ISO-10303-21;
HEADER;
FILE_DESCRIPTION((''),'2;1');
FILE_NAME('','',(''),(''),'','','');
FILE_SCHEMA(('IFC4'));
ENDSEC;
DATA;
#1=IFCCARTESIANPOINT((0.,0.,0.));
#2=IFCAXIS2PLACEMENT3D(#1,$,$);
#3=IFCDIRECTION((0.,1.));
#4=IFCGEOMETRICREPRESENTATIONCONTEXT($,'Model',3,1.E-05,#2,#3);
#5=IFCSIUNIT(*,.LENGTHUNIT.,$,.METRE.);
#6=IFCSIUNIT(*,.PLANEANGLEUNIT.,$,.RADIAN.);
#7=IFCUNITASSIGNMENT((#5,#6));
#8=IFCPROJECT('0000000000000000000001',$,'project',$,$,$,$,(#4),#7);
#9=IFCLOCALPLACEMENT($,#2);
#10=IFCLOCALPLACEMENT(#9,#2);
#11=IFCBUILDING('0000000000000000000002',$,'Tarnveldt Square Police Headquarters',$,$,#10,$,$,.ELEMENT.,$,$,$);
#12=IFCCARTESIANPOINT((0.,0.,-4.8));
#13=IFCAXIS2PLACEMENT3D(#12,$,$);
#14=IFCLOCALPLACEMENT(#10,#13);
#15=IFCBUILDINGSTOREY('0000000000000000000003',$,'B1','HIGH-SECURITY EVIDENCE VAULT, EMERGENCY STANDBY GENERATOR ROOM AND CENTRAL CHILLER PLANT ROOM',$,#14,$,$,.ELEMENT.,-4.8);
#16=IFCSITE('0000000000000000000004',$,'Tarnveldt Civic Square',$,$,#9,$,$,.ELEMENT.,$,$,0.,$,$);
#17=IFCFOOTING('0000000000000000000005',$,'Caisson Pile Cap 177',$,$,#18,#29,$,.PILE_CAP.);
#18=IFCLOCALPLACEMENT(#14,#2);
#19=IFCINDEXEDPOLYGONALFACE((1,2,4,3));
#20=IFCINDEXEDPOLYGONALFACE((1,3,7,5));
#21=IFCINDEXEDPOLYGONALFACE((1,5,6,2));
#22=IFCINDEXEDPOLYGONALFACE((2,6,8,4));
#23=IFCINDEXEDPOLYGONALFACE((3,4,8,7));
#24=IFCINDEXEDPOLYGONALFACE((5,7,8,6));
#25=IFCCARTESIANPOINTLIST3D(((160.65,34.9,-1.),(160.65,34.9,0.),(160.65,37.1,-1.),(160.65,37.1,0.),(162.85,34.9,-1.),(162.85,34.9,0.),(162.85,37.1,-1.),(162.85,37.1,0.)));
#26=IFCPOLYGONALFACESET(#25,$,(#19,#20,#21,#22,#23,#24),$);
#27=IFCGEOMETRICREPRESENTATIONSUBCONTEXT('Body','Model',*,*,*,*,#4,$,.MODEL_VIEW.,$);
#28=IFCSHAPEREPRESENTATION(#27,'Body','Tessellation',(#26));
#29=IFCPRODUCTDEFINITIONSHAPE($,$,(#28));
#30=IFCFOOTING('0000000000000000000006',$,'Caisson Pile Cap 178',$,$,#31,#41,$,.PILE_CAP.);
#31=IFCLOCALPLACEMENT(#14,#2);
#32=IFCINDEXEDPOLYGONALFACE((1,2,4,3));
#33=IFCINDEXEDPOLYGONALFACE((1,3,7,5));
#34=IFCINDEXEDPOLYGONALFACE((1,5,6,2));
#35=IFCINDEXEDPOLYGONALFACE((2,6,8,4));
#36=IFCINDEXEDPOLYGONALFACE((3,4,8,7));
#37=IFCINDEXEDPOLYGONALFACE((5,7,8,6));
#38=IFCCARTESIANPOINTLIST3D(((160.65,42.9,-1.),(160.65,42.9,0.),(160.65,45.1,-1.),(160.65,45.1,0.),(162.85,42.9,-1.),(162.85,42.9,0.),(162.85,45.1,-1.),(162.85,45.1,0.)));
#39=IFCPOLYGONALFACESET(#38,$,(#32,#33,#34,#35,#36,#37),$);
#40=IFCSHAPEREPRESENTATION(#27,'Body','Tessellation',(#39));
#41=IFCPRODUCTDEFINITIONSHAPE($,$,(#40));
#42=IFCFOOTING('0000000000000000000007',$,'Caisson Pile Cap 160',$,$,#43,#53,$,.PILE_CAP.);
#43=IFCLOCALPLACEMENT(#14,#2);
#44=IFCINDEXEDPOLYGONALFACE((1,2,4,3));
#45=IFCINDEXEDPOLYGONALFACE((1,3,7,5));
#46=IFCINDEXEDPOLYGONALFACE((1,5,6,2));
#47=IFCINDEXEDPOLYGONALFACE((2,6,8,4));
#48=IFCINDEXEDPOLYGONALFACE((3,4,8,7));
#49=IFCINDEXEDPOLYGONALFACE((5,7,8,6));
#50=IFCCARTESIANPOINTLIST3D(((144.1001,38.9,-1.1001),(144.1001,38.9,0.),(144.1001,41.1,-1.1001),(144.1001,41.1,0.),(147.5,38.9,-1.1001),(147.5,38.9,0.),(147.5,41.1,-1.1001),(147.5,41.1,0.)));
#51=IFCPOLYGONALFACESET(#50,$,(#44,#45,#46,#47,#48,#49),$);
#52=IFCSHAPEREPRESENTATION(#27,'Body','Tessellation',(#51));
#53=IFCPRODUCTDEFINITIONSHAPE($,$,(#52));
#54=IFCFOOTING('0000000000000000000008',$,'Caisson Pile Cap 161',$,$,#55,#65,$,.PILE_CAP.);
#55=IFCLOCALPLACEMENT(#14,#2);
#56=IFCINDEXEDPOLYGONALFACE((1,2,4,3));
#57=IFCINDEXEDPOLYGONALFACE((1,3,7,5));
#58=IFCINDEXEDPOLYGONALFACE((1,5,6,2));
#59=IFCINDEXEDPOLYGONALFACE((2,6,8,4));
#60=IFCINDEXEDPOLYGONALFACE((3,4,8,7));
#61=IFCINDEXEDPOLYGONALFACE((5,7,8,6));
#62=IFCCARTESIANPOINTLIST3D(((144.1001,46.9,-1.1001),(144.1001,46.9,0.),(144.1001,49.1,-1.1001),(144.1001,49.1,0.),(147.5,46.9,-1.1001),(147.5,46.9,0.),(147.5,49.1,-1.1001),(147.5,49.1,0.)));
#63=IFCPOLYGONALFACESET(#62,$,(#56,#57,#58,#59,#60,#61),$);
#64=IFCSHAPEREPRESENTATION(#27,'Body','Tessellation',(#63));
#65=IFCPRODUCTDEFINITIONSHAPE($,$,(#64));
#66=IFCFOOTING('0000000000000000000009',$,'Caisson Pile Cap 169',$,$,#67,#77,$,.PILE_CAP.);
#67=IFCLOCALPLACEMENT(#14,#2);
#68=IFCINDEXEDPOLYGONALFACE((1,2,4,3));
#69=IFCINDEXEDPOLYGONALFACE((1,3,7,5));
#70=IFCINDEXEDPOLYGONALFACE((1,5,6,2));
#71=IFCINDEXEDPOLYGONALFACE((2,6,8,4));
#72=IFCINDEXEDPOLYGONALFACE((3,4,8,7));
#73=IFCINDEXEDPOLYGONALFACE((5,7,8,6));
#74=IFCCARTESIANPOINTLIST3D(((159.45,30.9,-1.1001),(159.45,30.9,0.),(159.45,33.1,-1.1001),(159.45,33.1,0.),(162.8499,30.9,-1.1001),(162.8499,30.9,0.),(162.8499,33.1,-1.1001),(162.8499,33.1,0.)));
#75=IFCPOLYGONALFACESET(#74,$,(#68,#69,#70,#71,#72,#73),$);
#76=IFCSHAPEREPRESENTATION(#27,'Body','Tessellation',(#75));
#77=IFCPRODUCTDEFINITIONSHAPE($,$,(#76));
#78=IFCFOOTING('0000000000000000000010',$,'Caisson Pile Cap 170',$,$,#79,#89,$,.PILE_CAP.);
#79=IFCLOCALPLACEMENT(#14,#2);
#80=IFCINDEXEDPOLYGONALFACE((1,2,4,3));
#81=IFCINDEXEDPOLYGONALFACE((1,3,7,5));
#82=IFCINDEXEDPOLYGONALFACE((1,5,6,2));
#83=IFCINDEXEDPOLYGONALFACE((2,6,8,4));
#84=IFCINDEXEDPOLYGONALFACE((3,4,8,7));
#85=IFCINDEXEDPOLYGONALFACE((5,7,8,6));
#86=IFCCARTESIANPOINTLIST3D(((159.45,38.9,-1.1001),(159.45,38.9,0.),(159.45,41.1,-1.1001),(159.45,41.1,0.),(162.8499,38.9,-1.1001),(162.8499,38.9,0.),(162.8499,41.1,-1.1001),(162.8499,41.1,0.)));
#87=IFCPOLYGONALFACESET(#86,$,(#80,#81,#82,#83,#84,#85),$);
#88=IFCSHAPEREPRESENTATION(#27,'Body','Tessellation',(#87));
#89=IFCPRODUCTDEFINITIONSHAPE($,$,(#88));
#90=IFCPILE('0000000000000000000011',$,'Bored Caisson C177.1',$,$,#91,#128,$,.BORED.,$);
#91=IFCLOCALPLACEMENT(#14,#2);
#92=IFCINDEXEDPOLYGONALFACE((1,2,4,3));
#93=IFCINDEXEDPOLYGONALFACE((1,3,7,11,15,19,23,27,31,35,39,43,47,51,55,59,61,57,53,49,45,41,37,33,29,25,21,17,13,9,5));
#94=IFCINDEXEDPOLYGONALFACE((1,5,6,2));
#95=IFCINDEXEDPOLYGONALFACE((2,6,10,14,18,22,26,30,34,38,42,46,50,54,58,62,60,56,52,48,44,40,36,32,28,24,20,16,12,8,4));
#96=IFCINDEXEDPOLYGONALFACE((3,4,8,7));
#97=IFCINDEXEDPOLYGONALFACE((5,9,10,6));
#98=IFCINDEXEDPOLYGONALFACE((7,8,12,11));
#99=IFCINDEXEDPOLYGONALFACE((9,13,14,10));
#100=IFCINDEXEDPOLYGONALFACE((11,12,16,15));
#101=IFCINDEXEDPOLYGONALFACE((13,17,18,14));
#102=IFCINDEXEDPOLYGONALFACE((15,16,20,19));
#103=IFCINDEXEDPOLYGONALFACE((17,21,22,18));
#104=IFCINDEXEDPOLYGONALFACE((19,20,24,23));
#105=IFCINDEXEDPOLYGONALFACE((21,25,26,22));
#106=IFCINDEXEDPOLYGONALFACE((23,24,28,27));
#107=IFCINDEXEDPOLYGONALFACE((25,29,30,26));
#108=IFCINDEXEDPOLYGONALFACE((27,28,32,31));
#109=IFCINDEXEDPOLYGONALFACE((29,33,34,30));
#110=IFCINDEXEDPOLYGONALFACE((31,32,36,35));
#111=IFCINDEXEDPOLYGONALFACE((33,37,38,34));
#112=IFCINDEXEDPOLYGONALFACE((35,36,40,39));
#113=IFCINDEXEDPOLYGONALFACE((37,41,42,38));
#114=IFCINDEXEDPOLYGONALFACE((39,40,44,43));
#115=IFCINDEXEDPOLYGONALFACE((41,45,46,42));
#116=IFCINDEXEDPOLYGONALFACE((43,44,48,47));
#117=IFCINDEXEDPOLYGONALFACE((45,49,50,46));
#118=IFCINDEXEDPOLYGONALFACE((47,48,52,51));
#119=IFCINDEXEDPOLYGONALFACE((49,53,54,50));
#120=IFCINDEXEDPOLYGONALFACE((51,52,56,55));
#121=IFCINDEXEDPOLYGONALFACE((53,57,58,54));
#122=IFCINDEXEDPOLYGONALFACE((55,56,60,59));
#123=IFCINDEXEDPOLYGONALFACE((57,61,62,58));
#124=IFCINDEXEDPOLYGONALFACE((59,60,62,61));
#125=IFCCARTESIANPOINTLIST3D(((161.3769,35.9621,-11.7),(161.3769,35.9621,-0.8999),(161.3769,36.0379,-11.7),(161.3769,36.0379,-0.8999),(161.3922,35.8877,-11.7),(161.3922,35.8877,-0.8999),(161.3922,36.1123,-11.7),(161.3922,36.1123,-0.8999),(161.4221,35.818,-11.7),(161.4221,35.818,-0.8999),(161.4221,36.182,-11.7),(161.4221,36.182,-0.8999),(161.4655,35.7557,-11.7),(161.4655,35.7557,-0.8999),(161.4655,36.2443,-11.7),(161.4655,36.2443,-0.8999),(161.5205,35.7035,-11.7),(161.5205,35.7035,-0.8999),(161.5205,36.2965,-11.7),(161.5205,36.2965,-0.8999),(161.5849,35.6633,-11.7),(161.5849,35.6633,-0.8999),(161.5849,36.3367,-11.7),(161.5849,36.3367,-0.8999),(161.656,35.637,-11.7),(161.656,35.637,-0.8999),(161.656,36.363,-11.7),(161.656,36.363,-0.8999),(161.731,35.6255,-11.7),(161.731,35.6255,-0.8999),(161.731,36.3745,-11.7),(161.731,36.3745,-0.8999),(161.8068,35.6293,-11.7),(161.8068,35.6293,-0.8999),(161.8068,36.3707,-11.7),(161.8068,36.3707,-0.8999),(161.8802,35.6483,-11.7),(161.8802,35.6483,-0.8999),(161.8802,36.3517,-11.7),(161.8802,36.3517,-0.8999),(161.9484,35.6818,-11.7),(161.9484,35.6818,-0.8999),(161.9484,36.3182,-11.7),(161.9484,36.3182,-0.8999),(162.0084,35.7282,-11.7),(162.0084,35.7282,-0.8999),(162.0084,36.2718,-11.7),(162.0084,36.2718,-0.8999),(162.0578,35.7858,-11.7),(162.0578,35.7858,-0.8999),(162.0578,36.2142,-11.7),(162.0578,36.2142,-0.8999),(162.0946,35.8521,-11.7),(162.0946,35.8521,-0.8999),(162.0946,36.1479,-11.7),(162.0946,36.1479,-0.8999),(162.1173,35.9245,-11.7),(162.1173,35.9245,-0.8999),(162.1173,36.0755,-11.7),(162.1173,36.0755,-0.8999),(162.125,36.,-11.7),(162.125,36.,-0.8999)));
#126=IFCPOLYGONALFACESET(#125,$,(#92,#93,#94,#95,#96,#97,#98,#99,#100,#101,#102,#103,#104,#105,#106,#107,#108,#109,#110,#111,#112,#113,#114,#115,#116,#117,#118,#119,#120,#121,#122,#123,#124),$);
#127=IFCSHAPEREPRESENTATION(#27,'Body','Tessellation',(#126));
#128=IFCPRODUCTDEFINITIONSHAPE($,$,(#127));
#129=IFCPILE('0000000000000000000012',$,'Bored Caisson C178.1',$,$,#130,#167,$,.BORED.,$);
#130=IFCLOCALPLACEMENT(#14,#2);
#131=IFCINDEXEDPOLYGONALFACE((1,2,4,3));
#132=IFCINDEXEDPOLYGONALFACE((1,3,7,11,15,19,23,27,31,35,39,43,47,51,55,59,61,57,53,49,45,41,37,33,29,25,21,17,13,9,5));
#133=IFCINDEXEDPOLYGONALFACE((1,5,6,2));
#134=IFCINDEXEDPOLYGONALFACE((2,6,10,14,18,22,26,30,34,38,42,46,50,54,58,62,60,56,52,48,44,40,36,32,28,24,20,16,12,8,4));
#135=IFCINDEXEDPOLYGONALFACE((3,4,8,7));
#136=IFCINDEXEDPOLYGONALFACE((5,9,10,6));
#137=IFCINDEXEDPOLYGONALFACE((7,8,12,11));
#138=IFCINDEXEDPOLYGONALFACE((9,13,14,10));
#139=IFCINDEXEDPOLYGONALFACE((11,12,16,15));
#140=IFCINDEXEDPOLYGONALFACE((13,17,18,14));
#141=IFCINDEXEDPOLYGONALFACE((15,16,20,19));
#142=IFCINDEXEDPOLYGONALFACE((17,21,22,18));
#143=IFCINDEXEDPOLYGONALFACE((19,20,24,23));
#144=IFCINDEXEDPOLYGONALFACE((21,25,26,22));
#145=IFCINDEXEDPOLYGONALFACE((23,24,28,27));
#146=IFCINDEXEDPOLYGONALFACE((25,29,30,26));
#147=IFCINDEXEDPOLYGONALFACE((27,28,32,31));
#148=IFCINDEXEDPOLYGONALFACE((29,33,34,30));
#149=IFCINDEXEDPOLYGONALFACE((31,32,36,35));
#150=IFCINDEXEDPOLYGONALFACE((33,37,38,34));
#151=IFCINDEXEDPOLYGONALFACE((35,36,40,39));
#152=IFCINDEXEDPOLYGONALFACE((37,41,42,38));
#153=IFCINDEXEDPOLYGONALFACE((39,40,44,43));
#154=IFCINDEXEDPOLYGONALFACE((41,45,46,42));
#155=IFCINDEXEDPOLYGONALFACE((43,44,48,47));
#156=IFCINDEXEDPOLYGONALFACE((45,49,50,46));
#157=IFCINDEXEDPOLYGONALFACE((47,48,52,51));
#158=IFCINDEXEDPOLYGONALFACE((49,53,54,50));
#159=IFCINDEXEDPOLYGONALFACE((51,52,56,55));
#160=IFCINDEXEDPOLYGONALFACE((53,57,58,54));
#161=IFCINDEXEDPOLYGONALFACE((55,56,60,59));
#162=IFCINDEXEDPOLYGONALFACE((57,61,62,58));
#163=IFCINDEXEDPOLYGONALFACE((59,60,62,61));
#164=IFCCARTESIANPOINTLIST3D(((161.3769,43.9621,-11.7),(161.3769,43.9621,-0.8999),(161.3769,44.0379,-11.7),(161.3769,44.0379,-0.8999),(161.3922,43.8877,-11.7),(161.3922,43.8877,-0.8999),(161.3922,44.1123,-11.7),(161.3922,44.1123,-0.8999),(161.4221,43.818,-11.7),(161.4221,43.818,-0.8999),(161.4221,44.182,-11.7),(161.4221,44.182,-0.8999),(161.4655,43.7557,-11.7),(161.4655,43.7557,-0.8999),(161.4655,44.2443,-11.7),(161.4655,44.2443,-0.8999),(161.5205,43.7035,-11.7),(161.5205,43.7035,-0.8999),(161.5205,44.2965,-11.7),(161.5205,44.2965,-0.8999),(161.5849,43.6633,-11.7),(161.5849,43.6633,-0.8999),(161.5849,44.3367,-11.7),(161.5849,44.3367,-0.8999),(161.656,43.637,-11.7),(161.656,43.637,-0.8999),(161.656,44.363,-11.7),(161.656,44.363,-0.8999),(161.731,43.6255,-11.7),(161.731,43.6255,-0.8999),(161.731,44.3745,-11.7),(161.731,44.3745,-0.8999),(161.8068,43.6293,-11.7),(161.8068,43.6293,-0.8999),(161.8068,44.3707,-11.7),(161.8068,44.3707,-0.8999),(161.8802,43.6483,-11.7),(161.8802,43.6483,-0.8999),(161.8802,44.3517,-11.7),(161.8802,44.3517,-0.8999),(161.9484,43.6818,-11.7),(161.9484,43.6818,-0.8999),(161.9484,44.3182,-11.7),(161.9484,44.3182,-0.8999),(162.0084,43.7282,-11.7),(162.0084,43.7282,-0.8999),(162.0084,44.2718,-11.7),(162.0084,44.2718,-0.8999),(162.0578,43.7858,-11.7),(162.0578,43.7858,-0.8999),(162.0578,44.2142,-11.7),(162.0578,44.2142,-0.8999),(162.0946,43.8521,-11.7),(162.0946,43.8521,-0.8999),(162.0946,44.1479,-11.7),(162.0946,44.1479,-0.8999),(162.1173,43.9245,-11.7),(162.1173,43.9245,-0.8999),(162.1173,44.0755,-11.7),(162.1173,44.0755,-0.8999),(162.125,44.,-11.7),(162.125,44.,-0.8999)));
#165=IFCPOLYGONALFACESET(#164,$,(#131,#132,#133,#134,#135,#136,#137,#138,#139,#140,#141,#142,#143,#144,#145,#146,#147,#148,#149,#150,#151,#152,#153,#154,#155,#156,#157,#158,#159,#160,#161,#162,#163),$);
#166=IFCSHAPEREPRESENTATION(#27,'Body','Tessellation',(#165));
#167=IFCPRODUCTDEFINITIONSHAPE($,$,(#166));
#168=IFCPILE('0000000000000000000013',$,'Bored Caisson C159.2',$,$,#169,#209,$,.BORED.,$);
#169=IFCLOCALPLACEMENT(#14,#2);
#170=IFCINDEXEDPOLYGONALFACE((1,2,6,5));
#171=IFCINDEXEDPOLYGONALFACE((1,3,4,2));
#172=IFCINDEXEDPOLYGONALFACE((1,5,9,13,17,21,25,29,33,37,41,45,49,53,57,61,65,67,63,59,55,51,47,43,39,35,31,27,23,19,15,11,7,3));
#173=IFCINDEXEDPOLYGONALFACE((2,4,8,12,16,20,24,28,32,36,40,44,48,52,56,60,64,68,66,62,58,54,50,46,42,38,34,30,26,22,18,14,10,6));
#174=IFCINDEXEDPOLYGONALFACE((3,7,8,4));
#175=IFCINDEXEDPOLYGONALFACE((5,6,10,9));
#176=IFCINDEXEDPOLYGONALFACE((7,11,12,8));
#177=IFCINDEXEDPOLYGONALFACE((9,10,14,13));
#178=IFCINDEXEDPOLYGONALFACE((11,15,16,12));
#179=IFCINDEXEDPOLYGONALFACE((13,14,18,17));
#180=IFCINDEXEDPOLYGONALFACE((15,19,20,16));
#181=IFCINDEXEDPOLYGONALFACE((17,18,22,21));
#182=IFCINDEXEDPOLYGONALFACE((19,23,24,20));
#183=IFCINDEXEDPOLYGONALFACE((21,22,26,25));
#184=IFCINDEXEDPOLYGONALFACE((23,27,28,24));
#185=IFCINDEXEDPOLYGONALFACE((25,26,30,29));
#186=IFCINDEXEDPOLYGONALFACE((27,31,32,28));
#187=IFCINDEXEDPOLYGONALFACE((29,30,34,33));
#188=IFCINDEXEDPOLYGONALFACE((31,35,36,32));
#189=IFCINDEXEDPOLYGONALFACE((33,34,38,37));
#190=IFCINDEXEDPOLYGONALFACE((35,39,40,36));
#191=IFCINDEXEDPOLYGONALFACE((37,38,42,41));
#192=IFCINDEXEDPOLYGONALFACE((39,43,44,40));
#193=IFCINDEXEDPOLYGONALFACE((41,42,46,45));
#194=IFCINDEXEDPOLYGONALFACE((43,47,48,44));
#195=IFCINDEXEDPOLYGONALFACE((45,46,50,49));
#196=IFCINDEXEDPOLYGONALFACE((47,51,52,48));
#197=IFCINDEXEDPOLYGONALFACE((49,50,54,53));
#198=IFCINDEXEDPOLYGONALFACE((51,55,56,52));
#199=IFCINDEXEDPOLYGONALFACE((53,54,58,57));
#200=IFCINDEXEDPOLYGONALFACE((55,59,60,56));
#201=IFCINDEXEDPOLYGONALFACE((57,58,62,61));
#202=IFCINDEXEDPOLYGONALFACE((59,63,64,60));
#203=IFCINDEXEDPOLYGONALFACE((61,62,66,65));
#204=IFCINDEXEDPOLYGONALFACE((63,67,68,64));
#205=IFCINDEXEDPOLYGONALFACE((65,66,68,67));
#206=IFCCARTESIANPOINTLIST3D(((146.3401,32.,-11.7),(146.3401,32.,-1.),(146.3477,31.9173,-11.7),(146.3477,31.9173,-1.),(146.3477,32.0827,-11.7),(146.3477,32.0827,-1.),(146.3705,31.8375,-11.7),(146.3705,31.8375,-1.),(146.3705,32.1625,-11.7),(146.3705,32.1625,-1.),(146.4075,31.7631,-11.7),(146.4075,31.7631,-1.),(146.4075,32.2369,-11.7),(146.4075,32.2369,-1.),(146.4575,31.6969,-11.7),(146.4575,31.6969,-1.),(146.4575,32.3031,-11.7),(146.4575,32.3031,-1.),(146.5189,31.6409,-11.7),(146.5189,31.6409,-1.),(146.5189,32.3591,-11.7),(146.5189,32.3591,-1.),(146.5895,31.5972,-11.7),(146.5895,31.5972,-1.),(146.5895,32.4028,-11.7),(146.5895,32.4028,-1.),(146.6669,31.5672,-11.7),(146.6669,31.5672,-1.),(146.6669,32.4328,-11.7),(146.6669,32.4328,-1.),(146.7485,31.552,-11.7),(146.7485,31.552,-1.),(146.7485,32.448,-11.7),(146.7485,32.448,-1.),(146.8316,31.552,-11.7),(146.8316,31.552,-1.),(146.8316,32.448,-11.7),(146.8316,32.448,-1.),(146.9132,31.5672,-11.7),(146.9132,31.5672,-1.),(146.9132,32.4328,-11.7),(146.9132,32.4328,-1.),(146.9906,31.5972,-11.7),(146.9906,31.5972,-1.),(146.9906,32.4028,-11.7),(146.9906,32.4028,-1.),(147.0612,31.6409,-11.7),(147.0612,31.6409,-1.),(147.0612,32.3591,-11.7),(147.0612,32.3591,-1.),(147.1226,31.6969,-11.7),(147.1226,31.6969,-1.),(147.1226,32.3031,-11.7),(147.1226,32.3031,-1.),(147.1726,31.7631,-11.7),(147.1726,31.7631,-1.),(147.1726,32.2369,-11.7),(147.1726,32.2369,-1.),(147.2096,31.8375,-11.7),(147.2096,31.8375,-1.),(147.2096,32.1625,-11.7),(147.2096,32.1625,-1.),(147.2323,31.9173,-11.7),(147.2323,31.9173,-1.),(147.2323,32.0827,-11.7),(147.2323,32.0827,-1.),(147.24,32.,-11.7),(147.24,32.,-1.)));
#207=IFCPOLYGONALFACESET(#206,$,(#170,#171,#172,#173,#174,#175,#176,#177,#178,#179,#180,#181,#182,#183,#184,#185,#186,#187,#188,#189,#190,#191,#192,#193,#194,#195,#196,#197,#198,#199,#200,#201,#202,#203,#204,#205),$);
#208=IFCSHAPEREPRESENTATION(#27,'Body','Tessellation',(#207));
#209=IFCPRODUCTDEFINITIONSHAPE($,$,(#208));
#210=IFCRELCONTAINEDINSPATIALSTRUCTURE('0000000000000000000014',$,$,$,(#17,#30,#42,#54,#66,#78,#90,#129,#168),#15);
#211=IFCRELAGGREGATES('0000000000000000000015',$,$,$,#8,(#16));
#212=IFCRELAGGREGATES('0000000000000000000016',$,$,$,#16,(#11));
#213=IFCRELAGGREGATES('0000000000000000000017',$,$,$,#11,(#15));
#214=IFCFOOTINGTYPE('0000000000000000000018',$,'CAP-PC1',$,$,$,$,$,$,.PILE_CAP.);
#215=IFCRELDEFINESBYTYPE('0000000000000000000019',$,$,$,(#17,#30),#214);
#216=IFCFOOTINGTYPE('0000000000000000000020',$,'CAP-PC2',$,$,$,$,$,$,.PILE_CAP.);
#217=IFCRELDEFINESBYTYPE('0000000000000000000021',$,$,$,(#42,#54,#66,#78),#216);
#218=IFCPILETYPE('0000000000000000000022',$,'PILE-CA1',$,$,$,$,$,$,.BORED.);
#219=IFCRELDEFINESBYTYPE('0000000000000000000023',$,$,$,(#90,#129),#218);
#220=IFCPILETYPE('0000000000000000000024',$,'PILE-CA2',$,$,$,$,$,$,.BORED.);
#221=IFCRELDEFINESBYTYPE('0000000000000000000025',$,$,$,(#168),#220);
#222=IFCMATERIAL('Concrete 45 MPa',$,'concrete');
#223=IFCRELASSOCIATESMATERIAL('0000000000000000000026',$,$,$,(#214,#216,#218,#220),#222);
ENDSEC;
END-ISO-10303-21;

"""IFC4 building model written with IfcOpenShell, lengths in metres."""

from ifc_helpers import new_model, si_unit, direction, frame, origin, origin_2d, place, context, subcontext, project, spatial, rectangle, circle, extrude, material, material_profile, profile_set, type_object, element, save


model = new_model("IFC4")

# Units and contexts
model_context = context("Model", 3, precision=1e-05, world=origin(), true_north=direction((0.0, 1.0)))
body_context = subcontext(model_context, "Body", "Model", "MODEL_VIEW")
ifc_project = project(units=[si_unit("LENGTHUNIT", "METRE"), si_unit("PLANEANGLEUNIT", "RADIAN")], contexts=[model_context])

# Site, building, storey
site_placement = place(None, origin())
site = spatial("IfcSite", under=ifc_project, at=site_placement, Name="Tarnveldt Civic Square", CompositionType="ELEMENT", RefElevation=0.0)
building_placement = place(site_placement, origin())
building = spatial("IfcBuilding", under=site, at=building_placement, Name="Tarnveldt Square Police Headquarters", CompositionType="ELEMENT")
storey_placement = place(building_placement, frame((0.0, 0.0, -4.8)))
storey = spatial("IfcBuildingStorey", under=building, at=storey_placement, Name="B1", Description="HIGH-SECURITY EVIDENCE VAULT, EMERGENCY STANDBY GENERATOR ROOM AND CENTRAL CHILLER PLANT ROOM", CompositionType="ELEMENT", Elevation=-4.8)

# Footings
ifc_material_1 = material(Name="Concrete 45 MPa", Category="concrete")
footing_type_1 = type_object("IfcFootingType", Name="CAP-PC1", PredefinedType="PILE_CAP", material=ifc_material_1)
for number, where, z_axis, x_axis, name in (
    (1, (161.75, 36.0, -1.0), (0.0, 0.0, 1.0), (1.0, 0.0, 0.0), "Caisson Pile Cap 177"),
    (2, (161.75, 44.0, -1.0), (0.0, 0.0, 1.0), (1.0, 0.0, 0.0), "Caisson Pile Cap 178"),
):
    element("IfcFooting", number, at=place(storey_placement, frame(where, z_axis=z_axis, x_axis=x_axis)), inside=storey, type_object=footing_type_1, Name=name, PredefinedType="PILE_CAP", context=body_context, shape_type="SweptSolid", body=[
        extrude(rectangle(XDim=2.2, YDim=2.2, at=origin_2d()), origin(), (0.0, 0.0, 1.0), 1.0),
    ])
footing_type_2 = type_object("IfcFootingType", Name="CAP-PC2", PredefinedType="PILE_CAP", material=ifc_material_1)
for number, where, z_axis, x_axis, name in (
    (3, (145.8, 40.0, -1.1001), (0.0, 0.0, 1.0), (1.0, 0.0, 0.0), "Caisson Pile Cap 160"),
    (4, (145.8, 48.0, -1.1001), (0.0, 0.0, 1.0), (1.0, 0.0, 0.0), "Caisson Pile Cap 161"),
    (5, (161.1499, 32.0, -1.1001), (0.0, 0.0, 1.0), (1.0, 0.0, 0.0), "Caisson Pile Cap 169"),
    (6, (161.1499, 40.0, -1.1001), (0.0, 0.0, 1.0), (1.0, 0.0, 0.0), "Caisson Pile Cap 170"),
):
    element("IfcFooting", number, at=place(storey_placement, frame(where, z_axis=z_axis, x_axis=x_axis)), inside=storey, type_object=footing_type_2, Name=name, PredefinedType="PILE_CAP", context=body_context, shape_type="SweptSolid", body=[
        extrude(rectangle(XDim=3.3999, YDim=2.2, at=origin_2d()), origin(), (0.0, 0.0, 1.0), 1.1001),
    ])

# Piles
ifc_material_profile_1 = material_profile(ifc_material_1, circle(Radius=0.375, at=origin_2d()), Name="CAISSON-D750")
ifc_profile_set_1 = profile_set([ifc_material_profile_1], Name="Concrete 45 MPa")
pile_type_1 = type_object("IfcPileType", Name="PILE-CA1", PredefinedType="BORED", material=ifc_profile_set_1)
for number, where, z_axis, x_axis, name in (
    (7, (161.75, 36.0, -0.8999), (0.0, 0.0, -1.0), (1.0, 0.0, 0.0), "Bored Caisson C177.1"),
    (8, (161.75, 44.0, -0.8999), (0.0, 0.0, -1.0), (1.0, 0.0, 0.0), "Bored Caisson C178.1"),
):
    element("IfcPile", number, at=place(storey_placement, frame(where, z_axis=z_axis, x_axis=x_axis)), inside=storey, type_object=pile_type_1, Name=name, PredefinedType="BORED", context=body_context, shape_type="SweptSolid", body=[
        extrude(circle(Radius=0.375, at=origin_2d()), origin(), (0.0, 0.0, 1.0), 10.8),
    ])
ifc_material_profile_2 = material_profile(ifc_material_1, circle(Radius=0.45, at=origin_2d()), Name="CAISSON-D900")
ifc_profile_set_2 = profile_set([ifc_material_profile_2], Name="Concrete 45 MPa")
pile_type_2 = type_object("IfcPileType", Name="PILE-CA2", PredefinedType="BORED", material=ifc_profile_set_2)
for number, where, z_axis, x_axis, name in (
    (9, (146.79, 32.0, -1.0), (0.0, 0.0, -1.0), (1.0, 0.0, 0.0), "Bored Caisson C159.2"),
):
    element("IfcPile", number, at=place(storey_placement, frame(where, z_axis=z_axis, x_axis=x_axis)), inside=storey, type_object=pile_type_2, Name=name, PredefinedType="BORED", context=body_context, shape_type="SweptSolid", body=[
        extrude(circle(Radius=0.45, at=origin_2d()), origin(), (0.0, 0.0, 1.0), 10.7),
    ])

save(model, "model.ifc")
